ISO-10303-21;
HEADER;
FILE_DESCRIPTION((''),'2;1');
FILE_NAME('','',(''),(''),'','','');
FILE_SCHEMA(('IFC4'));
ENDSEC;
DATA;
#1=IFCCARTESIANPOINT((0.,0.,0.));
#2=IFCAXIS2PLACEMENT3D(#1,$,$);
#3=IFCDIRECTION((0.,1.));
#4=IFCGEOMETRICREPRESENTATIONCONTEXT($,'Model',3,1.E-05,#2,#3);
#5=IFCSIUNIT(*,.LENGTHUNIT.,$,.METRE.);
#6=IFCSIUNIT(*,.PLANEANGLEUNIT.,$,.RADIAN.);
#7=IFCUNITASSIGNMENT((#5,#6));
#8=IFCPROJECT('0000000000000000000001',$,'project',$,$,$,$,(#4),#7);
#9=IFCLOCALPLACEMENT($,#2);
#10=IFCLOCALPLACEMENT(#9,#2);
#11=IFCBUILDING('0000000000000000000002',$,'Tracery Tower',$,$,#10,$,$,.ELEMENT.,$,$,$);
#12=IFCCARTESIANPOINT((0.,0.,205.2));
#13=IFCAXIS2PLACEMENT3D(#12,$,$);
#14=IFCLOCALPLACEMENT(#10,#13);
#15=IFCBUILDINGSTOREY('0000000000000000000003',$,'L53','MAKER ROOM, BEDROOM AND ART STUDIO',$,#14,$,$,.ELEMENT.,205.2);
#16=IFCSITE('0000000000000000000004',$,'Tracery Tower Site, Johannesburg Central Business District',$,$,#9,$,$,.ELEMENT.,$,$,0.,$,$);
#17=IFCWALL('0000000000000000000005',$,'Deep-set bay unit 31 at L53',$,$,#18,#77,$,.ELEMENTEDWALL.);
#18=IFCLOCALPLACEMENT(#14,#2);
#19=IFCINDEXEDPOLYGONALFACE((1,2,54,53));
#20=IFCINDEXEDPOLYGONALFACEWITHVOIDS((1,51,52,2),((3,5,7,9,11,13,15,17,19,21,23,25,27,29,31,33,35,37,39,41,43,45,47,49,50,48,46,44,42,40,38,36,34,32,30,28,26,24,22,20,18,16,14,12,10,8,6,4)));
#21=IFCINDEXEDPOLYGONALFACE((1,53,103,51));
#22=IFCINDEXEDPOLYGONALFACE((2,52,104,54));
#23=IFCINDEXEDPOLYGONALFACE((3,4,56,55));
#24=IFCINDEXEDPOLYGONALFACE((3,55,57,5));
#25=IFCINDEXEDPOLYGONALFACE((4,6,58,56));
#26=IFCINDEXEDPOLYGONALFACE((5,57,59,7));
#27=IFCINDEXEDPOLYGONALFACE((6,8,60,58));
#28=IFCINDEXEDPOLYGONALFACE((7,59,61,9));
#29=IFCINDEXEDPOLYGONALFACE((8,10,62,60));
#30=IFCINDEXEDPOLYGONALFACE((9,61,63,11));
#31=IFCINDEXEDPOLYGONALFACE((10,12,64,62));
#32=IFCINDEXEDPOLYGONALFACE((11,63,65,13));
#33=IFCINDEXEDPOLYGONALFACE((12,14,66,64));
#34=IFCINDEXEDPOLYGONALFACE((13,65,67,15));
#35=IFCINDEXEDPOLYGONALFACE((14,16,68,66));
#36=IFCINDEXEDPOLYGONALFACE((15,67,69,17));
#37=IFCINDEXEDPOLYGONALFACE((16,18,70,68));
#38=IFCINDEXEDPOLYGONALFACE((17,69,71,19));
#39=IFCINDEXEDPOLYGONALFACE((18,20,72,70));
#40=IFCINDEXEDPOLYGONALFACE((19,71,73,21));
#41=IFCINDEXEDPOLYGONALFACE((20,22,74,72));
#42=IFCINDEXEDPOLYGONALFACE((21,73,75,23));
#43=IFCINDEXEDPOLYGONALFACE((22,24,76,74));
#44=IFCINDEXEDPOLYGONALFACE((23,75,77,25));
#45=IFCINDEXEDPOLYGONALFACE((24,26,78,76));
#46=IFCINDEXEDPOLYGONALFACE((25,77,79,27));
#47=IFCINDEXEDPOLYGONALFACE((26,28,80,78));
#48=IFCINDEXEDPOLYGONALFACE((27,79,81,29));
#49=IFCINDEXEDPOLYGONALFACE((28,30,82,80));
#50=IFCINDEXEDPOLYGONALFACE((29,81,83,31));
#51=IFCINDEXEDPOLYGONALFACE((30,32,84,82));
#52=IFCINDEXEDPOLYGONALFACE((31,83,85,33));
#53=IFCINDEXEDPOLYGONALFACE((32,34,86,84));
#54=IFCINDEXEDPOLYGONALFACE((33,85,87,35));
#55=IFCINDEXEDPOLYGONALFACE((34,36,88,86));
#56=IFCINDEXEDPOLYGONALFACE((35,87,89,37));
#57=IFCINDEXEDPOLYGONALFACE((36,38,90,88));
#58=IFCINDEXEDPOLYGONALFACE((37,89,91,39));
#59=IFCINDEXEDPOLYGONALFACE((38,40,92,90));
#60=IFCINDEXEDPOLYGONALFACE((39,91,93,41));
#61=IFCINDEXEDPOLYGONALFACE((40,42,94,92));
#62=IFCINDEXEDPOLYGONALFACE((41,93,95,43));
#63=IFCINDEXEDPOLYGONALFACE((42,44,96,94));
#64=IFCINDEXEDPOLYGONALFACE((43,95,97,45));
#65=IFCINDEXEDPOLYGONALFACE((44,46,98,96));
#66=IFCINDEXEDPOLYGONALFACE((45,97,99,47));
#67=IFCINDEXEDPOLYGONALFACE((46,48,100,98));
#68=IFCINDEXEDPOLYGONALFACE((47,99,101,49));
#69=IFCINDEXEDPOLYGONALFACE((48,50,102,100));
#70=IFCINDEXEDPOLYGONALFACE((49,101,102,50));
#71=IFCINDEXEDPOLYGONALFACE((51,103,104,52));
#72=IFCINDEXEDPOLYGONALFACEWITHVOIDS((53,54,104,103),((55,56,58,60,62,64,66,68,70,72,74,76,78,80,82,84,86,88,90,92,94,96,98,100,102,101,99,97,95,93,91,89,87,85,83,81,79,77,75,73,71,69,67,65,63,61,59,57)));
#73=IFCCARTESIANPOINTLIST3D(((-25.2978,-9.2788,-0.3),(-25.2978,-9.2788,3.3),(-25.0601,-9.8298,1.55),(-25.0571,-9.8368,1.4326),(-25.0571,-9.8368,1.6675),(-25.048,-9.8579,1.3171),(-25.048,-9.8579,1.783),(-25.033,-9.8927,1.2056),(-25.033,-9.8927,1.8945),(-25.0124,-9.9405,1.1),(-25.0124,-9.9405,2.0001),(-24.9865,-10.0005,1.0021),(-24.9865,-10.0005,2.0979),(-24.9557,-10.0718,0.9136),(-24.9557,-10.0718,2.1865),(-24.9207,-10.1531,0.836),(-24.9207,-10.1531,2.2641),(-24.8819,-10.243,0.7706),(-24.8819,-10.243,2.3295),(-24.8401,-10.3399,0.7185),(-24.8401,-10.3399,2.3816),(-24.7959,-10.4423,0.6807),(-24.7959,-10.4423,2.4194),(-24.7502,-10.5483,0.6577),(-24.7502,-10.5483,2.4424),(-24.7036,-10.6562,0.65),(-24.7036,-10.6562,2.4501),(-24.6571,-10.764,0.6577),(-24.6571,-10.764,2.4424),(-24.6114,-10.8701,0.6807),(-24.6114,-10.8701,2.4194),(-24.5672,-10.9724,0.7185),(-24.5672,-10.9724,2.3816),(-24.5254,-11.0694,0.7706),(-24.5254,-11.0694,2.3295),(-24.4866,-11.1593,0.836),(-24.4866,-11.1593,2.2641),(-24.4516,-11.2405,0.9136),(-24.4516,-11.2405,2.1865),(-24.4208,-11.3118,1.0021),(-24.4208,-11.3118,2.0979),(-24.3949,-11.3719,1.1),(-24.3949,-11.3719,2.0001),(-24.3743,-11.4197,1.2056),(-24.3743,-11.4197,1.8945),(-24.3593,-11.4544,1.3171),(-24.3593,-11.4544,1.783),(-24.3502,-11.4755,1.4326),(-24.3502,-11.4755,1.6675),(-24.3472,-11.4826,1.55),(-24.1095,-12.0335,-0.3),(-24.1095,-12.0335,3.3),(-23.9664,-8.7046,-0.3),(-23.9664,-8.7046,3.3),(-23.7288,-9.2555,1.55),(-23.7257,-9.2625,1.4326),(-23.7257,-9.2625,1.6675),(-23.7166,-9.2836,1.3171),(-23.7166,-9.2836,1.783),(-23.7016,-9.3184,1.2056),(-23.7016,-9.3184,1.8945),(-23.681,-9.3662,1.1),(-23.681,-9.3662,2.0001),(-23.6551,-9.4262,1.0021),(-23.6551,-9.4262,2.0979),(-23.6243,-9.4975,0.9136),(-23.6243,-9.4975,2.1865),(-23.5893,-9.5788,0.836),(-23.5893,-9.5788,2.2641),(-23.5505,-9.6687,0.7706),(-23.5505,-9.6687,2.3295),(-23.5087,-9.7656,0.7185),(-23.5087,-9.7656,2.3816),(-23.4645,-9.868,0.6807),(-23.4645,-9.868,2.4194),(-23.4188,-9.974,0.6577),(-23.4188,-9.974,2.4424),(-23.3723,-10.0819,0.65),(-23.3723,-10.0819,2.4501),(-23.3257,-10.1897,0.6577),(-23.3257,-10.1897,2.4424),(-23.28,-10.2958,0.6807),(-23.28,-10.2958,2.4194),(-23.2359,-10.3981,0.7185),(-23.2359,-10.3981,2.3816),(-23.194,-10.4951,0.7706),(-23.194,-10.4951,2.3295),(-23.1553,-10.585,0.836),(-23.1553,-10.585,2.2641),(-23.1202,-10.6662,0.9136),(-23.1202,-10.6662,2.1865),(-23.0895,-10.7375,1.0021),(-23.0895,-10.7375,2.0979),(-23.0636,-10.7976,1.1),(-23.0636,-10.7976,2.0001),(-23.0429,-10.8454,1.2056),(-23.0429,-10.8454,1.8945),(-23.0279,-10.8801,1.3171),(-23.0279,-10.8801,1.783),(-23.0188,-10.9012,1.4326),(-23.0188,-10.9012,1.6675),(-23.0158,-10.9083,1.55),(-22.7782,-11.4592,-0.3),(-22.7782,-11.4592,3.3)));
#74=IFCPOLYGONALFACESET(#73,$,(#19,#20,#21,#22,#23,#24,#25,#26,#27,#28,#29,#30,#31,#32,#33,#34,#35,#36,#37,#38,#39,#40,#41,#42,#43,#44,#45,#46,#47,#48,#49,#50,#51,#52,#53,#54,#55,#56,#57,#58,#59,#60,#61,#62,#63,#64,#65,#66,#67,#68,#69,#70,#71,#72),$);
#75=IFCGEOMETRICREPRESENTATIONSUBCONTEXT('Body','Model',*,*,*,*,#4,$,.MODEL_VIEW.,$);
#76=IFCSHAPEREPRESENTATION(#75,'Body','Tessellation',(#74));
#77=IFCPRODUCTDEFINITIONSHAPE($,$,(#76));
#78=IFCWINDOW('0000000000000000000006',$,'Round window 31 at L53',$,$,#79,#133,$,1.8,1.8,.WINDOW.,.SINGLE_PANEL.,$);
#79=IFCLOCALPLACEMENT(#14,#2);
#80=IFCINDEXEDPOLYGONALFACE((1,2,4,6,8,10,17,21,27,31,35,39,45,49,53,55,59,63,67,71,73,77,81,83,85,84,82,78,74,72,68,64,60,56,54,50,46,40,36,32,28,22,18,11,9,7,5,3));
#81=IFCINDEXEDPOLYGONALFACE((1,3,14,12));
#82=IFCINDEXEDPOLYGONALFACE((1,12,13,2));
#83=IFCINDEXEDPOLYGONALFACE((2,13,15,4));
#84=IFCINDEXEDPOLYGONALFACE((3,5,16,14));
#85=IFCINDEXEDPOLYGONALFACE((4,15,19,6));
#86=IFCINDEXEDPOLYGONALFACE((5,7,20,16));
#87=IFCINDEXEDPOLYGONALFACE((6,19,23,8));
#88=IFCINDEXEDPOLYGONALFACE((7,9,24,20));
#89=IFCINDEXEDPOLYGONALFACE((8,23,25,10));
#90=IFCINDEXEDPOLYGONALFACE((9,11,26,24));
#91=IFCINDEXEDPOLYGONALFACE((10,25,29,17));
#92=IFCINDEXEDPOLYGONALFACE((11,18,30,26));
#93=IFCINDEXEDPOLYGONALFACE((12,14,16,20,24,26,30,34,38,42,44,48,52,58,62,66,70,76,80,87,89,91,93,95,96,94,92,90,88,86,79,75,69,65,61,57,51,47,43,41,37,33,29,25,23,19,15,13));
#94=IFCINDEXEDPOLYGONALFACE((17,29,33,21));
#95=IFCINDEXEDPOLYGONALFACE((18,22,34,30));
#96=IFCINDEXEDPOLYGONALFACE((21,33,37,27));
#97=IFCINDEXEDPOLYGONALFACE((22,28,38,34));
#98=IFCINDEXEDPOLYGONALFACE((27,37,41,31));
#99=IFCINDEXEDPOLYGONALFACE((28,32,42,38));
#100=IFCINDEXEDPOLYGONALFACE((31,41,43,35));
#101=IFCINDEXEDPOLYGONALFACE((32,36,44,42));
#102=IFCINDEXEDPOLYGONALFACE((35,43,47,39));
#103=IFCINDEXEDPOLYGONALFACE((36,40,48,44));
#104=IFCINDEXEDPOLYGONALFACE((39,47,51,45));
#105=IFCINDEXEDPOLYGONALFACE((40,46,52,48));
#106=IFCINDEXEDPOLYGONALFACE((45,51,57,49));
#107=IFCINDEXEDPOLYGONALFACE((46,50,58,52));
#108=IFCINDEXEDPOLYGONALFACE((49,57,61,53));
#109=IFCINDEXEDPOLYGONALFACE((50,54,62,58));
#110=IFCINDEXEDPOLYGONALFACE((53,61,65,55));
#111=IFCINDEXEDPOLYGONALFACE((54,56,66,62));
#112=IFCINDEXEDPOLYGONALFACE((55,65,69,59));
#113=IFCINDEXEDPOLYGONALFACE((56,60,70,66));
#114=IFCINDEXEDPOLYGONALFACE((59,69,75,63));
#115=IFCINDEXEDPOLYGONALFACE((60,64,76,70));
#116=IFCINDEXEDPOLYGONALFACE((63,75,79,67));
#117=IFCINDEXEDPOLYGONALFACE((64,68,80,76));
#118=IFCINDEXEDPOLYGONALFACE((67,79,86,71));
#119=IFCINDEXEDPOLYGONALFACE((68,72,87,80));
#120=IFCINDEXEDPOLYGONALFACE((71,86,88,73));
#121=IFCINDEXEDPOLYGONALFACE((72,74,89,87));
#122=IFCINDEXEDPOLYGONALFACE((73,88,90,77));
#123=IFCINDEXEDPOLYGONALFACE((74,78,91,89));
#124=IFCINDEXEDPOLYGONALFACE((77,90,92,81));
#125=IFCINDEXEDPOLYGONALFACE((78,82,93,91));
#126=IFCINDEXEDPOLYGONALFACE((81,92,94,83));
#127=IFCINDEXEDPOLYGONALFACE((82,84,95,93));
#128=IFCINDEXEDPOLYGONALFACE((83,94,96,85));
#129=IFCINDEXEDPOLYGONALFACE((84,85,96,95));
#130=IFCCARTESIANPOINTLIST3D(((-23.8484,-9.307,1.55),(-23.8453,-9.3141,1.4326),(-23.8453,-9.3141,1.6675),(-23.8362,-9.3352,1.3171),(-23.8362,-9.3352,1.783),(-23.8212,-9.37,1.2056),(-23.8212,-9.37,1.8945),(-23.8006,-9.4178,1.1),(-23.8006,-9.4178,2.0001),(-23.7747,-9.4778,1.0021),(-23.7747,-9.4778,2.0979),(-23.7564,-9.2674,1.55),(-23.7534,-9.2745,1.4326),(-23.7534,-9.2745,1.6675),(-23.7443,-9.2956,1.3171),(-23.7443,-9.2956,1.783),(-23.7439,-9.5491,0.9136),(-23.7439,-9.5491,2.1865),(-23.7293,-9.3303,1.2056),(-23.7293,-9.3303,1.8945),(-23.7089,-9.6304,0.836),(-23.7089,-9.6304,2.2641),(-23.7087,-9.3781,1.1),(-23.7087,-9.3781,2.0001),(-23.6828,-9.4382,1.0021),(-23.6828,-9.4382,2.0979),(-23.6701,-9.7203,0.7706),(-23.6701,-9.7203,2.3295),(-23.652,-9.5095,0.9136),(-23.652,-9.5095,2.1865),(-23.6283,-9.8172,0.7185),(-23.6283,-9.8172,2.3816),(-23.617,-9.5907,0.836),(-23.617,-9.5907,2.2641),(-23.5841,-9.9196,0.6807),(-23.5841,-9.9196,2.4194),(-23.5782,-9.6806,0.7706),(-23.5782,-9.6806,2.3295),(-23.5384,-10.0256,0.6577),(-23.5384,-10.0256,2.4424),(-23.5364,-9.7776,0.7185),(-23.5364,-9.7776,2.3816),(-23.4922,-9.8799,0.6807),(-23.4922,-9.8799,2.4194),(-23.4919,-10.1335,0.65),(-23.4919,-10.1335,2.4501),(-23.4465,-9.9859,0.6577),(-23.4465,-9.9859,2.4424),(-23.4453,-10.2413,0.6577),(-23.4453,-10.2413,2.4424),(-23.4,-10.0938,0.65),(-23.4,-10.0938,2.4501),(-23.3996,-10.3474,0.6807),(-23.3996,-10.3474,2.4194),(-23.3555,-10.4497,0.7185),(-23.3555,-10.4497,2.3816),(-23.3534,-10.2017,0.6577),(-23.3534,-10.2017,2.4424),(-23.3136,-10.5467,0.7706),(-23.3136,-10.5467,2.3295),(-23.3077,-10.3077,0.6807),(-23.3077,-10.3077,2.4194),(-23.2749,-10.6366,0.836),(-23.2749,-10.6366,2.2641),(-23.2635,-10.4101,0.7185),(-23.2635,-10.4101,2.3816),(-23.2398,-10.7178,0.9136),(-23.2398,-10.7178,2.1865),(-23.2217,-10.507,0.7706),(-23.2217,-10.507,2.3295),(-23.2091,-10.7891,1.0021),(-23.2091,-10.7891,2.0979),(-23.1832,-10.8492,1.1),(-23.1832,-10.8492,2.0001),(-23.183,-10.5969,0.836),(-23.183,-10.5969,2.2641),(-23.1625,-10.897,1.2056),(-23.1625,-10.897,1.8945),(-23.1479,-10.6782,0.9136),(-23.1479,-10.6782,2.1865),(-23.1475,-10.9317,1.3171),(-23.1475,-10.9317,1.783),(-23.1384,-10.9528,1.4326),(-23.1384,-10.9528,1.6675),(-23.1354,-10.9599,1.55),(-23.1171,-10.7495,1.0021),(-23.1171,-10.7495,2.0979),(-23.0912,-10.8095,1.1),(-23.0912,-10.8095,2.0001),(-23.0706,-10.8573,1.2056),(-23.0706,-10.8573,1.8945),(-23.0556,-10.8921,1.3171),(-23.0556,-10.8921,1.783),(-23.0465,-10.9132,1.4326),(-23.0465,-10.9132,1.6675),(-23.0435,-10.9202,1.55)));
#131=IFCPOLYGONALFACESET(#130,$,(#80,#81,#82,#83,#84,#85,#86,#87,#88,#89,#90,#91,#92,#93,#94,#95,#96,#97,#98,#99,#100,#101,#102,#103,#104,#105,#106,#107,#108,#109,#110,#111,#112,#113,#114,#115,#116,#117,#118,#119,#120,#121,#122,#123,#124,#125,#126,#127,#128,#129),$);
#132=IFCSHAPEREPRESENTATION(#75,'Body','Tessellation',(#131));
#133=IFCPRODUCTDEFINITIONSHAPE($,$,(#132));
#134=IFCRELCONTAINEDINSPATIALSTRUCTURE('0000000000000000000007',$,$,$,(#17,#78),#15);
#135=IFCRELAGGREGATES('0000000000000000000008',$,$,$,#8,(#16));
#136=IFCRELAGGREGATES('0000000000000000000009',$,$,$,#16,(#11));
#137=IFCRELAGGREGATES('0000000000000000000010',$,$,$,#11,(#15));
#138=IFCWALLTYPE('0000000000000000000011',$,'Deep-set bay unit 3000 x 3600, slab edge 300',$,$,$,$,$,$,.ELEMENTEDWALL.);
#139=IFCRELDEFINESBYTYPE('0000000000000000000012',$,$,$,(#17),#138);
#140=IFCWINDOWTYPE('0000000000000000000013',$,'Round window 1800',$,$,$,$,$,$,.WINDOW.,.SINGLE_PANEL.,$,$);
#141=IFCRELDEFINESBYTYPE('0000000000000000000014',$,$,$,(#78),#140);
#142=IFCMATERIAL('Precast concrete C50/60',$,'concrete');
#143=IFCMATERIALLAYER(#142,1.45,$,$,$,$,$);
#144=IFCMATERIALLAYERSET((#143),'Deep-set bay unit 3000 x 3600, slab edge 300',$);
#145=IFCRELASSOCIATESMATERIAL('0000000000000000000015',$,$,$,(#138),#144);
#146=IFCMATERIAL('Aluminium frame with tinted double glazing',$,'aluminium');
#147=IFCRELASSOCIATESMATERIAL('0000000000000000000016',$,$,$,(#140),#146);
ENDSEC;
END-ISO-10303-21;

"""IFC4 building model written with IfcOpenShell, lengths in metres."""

from ifc_helpers import new_model, si_unit, direction, frame, frame_2d, origin, origin_2d, place, context, subcontext, project, spatial, rectangle, circle, extrude, material, layer, layer_set, type_object, element, fill, save


model = new_model("IFC4")

# Units and contexts
model_context = context("Model", 3, precision=1e-05, world=origin(), true_north=direction((0.0, 1.0)))
body_context = subcontext(model_context, "Body", "Model", "MODEL_VIEW")
ifc_project = project(units=[si_unit("LENGTHUNIT", "METRE"), si_unit("PLANEANGLEUNIT", "RADIAN")], contexts=[model_context])

# Site, building, storey
site_placement = place(None, origin())
site = spatial("IfcSite", under=ifc_project, at=site_placement, Name="Tracery Tower Site, Johannesburg Central Business District", CompositionType="ELEMENT", RefElevation=0.0)
building_placement = place(site_placement, origin())
building = spatial("IfcBuilding", under=site, at=building_placement, Name="Tracery Tower", CompositionType="ELEMENT")
storey_placement = place(building_placement, frame((0.0, 0.0, 205.2)))
storey = spatial("IfcBuildingStorey", under=building, at=storey_placement, Name="L53", Description="MAKER ROOM, BEDROOM AND ART STUDIO", CompositionType="ELEMENT", Elevation=205.2)

# Wall, opening, window
ifc_material_1 = material(Name="Precast concrete C50/60", Category="concrete")
ifc_layer_1 = layer(ifc_material_1, 1.45)
ifc_layer_set_1 = layer_set([ifc_layer_1], Name="Deep-set bay unit 3000 x 3600, slab edge 300")
wall_type_1 = type_object("IfcWallType", Name="Deep-set bay unit 3000 x 3600, slab edge 300", PredefinedType="ELEMENTEDWALL", material=ifc_layer_set_1)
wall_1_placement = place(storey_placement, frame((-24.6321, -8.9917, -0.3), z_axis=(0.0, 0.0, 1.0), x_axis=(0.396079, -0.918216, 0.0)))
wall_1 = element("IfcWall", 1, at=wall_1_placement, inside=storey, type_object=wall_type_1, Name="Deep-set bay unit 31 at L53", PredefinedType="ELEMENTEDWALL", context=body_context, shape_type="SweptSolid", body=[
    extrude(rectangle(XDim=3.0, YDim=1.45, at=frame_2d((1.5, 0.0))), origin(), (0.0, 0.0, 1.0), 3.6001),
])
opening_1_placement = place(wall_1_placement, frame((1.5, 0.0, 1.8501)))
opening_1 = element("IfcOpeningElement", 2, at=opening_1_placement, cuts=wall_1, PredefinedType="OPENING", context=body_context, shape_type="SweptSolid", body=[
    extrude(circle(Radius=0.9, at=origin_2d()), frame((0.0, 0.7349, 0.0), z_axis=(0.0, -1.0, 0.0), x_axis=(1.0, 0.0, 0.0)), (0.0, 0.0, 1.0), 1.47),
])
ifc_material_2 = material(Name="Aluminium frame with tinted double glazing", Category="aluminium")
window_type = type_object("IfcWindowType", Name="Round window 1800", PartitioningType="SINGLE_PANEL", PredefinedType="WINDOW", material=ifc_material_2)
window_1_placement = place(opening_1_placement, origin())
window_1 = element("IfcWindow", 3, at=window_1_placement, inside=storey, type_object=window_type, Name="Round window 31 at L53", OverallHeight=1.8, OverallWidth=1.8, PartitioningType="SINGLE_PANEL", PredefinedType="WINDOW", context=body_context, shape_type="SweptSolid", body=[
    extrude(circle(Radius=0.9, at=origin_2d()), frame((0.0, 0.6948, 0.0), z_axis=(0.0, -1.0, 0.0), x_axis=(1.0, 0.0, 0.0)), (0.0, 0.0, 1.0), 0.1001),
])
fill(opening_1, window_1)

save(model, "model.ifc")
